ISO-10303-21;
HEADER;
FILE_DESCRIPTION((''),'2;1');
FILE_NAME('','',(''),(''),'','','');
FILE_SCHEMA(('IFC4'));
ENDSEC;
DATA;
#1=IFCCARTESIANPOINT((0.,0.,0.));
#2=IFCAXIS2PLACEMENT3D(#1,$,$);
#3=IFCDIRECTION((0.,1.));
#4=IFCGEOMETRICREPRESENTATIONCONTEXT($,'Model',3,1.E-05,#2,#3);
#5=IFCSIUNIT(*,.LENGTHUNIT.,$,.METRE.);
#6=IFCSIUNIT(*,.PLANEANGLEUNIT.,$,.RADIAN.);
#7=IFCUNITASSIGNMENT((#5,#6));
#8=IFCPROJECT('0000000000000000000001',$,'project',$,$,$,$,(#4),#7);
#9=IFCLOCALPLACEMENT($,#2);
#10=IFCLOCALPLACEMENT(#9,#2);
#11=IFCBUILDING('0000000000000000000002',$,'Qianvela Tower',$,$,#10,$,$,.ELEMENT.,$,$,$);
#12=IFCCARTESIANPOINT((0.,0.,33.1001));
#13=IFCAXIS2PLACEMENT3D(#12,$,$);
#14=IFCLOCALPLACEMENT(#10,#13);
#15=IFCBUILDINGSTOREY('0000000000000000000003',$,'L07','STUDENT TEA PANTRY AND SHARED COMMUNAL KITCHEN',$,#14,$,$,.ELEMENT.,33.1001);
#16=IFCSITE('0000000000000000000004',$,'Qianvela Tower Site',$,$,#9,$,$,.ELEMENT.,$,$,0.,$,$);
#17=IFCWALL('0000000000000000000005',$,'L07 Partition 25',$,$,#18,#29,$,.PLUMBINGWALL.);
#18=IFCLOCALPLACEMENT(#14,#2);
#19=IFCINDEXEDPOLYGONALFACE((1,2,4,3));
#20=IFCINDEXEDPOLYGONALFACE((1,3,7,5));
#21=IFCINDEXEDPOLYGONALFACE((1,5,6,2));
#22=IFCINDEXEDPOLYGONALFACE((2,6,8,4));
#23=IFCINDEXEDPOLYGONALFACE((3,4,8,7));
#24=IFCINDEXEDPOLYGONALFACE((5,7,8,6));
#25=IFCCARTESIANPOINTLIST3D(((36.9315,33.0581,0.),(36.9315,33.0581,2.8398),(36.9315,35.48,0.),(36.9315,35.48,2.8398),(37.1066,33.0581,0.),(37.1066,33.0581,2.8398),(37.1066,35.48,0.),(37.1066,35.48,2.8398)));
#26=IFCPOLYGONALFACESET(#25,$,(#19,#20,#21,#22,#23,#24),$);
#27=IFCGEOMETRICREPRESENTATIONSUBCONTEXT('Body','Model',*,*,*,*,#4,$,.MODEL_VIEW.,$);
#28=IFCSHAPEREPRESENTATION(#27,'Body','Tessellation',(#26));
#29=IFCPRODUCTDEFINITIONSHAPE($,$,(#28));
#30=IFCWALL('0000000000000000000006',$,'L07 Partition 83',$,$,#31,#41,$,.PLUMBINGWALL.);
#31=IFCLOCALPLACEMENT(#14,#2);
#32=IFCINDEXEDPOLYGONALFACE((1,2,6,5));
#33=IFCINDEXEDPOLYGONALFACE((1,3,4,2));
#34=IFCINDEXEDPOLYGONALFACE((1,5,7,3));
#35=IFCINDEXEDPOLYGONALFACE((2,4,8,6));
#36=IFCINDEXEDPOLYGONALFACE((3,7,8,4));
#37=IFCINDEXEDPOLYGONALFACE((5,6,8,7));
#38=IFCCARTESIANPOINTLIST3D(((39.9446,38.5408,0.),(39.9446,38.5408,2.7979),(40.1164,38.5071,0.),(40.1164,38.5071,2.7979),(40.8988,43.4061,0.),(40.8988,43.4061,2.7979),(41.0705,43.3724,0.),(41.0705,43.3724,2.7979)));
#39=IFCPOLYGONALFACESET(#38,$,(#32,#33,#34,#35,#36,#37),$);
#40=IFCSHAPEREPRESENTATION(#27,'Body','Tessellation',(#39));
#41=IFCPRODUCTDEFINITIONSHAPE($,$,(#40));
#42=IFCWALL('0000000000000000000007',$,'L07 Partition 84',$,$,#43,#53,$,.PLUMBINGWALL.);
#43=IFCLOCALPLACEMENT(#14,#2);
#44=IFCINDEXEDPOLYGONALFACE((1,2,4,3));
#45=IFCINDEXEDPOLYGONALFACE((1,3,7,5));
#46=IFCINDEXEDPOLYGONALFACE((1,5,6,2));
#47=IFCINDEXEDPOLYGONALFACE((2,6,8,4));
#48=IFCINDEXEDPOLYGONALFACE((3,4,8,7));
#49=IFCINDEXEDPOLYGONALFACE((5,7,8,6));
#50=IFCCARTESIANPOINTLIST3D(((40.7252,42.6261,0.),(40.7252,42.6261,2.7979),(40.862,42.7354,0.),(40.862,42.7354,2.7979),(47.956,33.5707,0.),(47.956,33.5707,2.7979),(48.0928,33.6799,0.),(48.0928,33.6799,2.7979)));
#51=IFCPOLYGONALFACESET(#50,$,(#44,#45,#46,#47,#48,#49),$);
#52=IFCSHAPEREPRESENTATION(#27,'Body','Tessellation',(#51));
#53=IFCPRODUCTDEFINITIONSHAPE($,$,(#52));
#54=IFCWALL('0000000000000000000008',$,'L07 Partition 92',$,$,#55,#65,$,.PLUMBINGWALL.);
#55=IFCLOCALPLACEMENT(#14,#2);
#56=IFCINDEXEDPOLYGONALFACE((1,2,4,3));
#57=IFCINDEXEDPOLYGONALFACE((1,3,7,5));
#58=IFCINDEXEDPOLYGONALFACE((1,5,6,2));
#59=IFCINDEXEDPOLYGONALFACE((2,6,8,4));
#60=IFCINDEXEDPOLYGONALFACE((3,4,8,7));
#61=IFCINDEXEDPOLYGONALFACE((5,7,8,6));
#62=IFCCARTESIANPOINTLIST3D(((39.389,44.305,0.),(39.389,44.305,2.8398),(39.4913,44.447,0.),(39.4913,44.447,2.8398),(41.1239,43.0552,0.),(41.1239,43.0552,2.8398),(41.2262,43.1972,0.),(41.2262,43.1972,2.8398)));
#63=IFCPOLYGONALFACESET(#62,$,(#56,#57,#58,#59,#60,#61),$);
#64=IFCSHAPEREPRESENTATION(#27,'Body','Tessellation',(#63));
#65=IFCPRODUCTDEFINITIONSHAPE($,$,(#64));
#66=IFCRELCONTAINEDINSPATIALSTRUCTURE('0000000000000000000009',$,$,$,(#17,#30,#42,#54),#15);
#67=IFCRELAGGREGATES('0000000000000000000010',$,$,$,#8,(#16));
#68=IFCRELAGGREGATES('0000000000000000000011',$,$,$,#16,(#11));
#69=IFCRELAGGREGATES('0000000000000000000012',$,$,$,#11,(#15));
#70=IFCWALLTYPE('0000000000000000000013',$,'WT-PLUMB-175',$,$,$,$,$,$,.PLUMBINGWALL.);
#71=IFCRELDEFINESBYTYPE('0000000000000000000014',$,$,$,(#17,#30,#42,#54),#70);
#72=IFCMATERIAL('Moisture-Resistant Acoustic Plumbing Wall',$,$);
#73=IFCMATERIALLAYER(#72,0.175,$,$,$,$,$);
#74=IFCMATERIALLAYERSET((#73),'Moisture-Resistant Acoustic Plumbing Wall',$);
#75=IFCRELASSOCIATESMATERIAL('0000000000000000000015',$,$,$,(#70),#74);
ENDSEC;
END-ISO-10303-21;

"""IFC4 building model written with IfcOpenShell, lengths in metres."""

from ifc_helpers import new_model, si_unit, direction, frame, frame_2d, origin, place, context, subcontext, project, spatial, rectangle, extrude, material, layer, layer_set, type_object, element, save


model = new_model("IFC4")

# Units and contexts
model_context = context("Model", 3, precision=1e-05, world=origin(), true_north=direction((0.0, 1.0)))
body_context = subcontext(model_context, "Body", "Model", "MODEL_VIEW")
ifc_project = project(units=[si_unit("LENGTHUNIT", "METRE"), si_unit("PLANEANGLEUNIT", "RADIAN")], contexts=[model_context])

# Site, building, storey
site_placement = place(None, origin())
site = spatial("IfcSite", under=ifc_project, at=site_placement, Name="Qianvela Tower Site", CompositionType="ELEMENT", RefElevation=0.0)
building_placement = place(site_placement, origin())
building = spatial("IfcBuilding", under=site, at=building_placement, Name="Qianvela Tower", CompositionType="ELEMENT")
storey_placement = place(building_placement, frame((0.0, 0.0, 33.1001)))
storey = spatial("IfcBuildingStorey", under=building, at=storey_placement, Name="L07", Description="STUDENT TEA PANTRY AND SHARED COMMUNAL KITCHEN", CompositionType="ELEMENT", Elevation=33.1001)

# Walls
ifc_material_1 = material(Name="Moisture-Resistant Acoustic Plumbing Wall")
ifc_layer_1 = layer(ifc_material_1, 0.175)
ifc_layer_set_1 = layer_set([ifc_layer_1], Name="Moisture-Resistant Acoustic Plumbing Wall")
wall_type_1 = type_object("IfcWallType", Name="WT-PLUMB-175", PredefinedType="PLUMBINGWALL", material=ifc_layer_set_1)
for number, where, z_axis, x_axis, name in (
    (1, (37.019, 35.48, 0.0), (0.0, 0.0, 1.0), (0.0, -1.0, 0.0), "L07 Partition 25"),
):
    element("IfcWall", number, at=place(storey_placement, frame(where, z_axis=z_axis, x_axis=x_axis)), inside=storey, type_object=wall_type_1, Name=name, PredefinedType="PLUMBINGWALL", context=body_context, shape_type="SweptSolid", body=[
        extrude(rectangle(XDim=2.4219, YDim=0.175, at=frame_2d((1.2109, 0.0))), origin(), (0.0, 0.0, 1.0), 2.8398),
    ])
wall_1_placement = place(storey_placement, frame((40.0305, 38.5239, 0.0), z_axis=(0.0, 0.0, 1.0), x_axis=(0.19244, 0.981309, 0.0)))
element("IfcWall", 2, at=wall_1_placement, inside=storey, type_object=wall_type_1, Name="L07 Partition 83", PredefinedType="PLUMBINGWALL", context=body_context, shape_type="SweptSolid", body=[
    extrude(rectangle(XDim=4.958, YDim=0.175, at=frame_2d((2.479, 0.0))), origin(), (0.0, 0.0, 1.0), 2.7979),
])
wall_2_placement = place(storey_placement, frame((40.7937, 42.6807, 0.0), z_axis=(0.0, 0.0, 1.0), x_axis=(0.623978, -0.781442, 0.0)))
element("IfcWall", 3, at=wall_2_placement, inside=storey, type_object=wall_type_1, Name="L07 Partition 84", PredefinedType="PLUMBINGWALL", context=body_context, shape_type="SweptSolid", body=[
    extrude(rectangle(XDim=11.5881, YDim=0.175, at=frame_2d((5.7939, 0.0))), origin(), (0.0, 0.0, 1.0), 2.7979),
])
wall_3_placement = place(storey_placement, frame((39.4402, 44.376, 0.0), z_axis=(0.0, 0.0, 1.0), x_axis=(0.811389, -0.584506, 0.0)))
element("IfcWall", 4, at=wall_3_placement, inside=storey, type_object=wall_type_1, Name="L07 Partition 92", PredefinedType="PLUMBINGWALL", context=body_context, shape_type="SweptSolid", body=[
    extrude(rectangle(XDim=2.1382, YDim=0.175, at=frame_2d((1.0691, 0.0))), origin(), (0.0, 0.0, 1.0), 2.8398),
])

save(model, "model.ifc")
